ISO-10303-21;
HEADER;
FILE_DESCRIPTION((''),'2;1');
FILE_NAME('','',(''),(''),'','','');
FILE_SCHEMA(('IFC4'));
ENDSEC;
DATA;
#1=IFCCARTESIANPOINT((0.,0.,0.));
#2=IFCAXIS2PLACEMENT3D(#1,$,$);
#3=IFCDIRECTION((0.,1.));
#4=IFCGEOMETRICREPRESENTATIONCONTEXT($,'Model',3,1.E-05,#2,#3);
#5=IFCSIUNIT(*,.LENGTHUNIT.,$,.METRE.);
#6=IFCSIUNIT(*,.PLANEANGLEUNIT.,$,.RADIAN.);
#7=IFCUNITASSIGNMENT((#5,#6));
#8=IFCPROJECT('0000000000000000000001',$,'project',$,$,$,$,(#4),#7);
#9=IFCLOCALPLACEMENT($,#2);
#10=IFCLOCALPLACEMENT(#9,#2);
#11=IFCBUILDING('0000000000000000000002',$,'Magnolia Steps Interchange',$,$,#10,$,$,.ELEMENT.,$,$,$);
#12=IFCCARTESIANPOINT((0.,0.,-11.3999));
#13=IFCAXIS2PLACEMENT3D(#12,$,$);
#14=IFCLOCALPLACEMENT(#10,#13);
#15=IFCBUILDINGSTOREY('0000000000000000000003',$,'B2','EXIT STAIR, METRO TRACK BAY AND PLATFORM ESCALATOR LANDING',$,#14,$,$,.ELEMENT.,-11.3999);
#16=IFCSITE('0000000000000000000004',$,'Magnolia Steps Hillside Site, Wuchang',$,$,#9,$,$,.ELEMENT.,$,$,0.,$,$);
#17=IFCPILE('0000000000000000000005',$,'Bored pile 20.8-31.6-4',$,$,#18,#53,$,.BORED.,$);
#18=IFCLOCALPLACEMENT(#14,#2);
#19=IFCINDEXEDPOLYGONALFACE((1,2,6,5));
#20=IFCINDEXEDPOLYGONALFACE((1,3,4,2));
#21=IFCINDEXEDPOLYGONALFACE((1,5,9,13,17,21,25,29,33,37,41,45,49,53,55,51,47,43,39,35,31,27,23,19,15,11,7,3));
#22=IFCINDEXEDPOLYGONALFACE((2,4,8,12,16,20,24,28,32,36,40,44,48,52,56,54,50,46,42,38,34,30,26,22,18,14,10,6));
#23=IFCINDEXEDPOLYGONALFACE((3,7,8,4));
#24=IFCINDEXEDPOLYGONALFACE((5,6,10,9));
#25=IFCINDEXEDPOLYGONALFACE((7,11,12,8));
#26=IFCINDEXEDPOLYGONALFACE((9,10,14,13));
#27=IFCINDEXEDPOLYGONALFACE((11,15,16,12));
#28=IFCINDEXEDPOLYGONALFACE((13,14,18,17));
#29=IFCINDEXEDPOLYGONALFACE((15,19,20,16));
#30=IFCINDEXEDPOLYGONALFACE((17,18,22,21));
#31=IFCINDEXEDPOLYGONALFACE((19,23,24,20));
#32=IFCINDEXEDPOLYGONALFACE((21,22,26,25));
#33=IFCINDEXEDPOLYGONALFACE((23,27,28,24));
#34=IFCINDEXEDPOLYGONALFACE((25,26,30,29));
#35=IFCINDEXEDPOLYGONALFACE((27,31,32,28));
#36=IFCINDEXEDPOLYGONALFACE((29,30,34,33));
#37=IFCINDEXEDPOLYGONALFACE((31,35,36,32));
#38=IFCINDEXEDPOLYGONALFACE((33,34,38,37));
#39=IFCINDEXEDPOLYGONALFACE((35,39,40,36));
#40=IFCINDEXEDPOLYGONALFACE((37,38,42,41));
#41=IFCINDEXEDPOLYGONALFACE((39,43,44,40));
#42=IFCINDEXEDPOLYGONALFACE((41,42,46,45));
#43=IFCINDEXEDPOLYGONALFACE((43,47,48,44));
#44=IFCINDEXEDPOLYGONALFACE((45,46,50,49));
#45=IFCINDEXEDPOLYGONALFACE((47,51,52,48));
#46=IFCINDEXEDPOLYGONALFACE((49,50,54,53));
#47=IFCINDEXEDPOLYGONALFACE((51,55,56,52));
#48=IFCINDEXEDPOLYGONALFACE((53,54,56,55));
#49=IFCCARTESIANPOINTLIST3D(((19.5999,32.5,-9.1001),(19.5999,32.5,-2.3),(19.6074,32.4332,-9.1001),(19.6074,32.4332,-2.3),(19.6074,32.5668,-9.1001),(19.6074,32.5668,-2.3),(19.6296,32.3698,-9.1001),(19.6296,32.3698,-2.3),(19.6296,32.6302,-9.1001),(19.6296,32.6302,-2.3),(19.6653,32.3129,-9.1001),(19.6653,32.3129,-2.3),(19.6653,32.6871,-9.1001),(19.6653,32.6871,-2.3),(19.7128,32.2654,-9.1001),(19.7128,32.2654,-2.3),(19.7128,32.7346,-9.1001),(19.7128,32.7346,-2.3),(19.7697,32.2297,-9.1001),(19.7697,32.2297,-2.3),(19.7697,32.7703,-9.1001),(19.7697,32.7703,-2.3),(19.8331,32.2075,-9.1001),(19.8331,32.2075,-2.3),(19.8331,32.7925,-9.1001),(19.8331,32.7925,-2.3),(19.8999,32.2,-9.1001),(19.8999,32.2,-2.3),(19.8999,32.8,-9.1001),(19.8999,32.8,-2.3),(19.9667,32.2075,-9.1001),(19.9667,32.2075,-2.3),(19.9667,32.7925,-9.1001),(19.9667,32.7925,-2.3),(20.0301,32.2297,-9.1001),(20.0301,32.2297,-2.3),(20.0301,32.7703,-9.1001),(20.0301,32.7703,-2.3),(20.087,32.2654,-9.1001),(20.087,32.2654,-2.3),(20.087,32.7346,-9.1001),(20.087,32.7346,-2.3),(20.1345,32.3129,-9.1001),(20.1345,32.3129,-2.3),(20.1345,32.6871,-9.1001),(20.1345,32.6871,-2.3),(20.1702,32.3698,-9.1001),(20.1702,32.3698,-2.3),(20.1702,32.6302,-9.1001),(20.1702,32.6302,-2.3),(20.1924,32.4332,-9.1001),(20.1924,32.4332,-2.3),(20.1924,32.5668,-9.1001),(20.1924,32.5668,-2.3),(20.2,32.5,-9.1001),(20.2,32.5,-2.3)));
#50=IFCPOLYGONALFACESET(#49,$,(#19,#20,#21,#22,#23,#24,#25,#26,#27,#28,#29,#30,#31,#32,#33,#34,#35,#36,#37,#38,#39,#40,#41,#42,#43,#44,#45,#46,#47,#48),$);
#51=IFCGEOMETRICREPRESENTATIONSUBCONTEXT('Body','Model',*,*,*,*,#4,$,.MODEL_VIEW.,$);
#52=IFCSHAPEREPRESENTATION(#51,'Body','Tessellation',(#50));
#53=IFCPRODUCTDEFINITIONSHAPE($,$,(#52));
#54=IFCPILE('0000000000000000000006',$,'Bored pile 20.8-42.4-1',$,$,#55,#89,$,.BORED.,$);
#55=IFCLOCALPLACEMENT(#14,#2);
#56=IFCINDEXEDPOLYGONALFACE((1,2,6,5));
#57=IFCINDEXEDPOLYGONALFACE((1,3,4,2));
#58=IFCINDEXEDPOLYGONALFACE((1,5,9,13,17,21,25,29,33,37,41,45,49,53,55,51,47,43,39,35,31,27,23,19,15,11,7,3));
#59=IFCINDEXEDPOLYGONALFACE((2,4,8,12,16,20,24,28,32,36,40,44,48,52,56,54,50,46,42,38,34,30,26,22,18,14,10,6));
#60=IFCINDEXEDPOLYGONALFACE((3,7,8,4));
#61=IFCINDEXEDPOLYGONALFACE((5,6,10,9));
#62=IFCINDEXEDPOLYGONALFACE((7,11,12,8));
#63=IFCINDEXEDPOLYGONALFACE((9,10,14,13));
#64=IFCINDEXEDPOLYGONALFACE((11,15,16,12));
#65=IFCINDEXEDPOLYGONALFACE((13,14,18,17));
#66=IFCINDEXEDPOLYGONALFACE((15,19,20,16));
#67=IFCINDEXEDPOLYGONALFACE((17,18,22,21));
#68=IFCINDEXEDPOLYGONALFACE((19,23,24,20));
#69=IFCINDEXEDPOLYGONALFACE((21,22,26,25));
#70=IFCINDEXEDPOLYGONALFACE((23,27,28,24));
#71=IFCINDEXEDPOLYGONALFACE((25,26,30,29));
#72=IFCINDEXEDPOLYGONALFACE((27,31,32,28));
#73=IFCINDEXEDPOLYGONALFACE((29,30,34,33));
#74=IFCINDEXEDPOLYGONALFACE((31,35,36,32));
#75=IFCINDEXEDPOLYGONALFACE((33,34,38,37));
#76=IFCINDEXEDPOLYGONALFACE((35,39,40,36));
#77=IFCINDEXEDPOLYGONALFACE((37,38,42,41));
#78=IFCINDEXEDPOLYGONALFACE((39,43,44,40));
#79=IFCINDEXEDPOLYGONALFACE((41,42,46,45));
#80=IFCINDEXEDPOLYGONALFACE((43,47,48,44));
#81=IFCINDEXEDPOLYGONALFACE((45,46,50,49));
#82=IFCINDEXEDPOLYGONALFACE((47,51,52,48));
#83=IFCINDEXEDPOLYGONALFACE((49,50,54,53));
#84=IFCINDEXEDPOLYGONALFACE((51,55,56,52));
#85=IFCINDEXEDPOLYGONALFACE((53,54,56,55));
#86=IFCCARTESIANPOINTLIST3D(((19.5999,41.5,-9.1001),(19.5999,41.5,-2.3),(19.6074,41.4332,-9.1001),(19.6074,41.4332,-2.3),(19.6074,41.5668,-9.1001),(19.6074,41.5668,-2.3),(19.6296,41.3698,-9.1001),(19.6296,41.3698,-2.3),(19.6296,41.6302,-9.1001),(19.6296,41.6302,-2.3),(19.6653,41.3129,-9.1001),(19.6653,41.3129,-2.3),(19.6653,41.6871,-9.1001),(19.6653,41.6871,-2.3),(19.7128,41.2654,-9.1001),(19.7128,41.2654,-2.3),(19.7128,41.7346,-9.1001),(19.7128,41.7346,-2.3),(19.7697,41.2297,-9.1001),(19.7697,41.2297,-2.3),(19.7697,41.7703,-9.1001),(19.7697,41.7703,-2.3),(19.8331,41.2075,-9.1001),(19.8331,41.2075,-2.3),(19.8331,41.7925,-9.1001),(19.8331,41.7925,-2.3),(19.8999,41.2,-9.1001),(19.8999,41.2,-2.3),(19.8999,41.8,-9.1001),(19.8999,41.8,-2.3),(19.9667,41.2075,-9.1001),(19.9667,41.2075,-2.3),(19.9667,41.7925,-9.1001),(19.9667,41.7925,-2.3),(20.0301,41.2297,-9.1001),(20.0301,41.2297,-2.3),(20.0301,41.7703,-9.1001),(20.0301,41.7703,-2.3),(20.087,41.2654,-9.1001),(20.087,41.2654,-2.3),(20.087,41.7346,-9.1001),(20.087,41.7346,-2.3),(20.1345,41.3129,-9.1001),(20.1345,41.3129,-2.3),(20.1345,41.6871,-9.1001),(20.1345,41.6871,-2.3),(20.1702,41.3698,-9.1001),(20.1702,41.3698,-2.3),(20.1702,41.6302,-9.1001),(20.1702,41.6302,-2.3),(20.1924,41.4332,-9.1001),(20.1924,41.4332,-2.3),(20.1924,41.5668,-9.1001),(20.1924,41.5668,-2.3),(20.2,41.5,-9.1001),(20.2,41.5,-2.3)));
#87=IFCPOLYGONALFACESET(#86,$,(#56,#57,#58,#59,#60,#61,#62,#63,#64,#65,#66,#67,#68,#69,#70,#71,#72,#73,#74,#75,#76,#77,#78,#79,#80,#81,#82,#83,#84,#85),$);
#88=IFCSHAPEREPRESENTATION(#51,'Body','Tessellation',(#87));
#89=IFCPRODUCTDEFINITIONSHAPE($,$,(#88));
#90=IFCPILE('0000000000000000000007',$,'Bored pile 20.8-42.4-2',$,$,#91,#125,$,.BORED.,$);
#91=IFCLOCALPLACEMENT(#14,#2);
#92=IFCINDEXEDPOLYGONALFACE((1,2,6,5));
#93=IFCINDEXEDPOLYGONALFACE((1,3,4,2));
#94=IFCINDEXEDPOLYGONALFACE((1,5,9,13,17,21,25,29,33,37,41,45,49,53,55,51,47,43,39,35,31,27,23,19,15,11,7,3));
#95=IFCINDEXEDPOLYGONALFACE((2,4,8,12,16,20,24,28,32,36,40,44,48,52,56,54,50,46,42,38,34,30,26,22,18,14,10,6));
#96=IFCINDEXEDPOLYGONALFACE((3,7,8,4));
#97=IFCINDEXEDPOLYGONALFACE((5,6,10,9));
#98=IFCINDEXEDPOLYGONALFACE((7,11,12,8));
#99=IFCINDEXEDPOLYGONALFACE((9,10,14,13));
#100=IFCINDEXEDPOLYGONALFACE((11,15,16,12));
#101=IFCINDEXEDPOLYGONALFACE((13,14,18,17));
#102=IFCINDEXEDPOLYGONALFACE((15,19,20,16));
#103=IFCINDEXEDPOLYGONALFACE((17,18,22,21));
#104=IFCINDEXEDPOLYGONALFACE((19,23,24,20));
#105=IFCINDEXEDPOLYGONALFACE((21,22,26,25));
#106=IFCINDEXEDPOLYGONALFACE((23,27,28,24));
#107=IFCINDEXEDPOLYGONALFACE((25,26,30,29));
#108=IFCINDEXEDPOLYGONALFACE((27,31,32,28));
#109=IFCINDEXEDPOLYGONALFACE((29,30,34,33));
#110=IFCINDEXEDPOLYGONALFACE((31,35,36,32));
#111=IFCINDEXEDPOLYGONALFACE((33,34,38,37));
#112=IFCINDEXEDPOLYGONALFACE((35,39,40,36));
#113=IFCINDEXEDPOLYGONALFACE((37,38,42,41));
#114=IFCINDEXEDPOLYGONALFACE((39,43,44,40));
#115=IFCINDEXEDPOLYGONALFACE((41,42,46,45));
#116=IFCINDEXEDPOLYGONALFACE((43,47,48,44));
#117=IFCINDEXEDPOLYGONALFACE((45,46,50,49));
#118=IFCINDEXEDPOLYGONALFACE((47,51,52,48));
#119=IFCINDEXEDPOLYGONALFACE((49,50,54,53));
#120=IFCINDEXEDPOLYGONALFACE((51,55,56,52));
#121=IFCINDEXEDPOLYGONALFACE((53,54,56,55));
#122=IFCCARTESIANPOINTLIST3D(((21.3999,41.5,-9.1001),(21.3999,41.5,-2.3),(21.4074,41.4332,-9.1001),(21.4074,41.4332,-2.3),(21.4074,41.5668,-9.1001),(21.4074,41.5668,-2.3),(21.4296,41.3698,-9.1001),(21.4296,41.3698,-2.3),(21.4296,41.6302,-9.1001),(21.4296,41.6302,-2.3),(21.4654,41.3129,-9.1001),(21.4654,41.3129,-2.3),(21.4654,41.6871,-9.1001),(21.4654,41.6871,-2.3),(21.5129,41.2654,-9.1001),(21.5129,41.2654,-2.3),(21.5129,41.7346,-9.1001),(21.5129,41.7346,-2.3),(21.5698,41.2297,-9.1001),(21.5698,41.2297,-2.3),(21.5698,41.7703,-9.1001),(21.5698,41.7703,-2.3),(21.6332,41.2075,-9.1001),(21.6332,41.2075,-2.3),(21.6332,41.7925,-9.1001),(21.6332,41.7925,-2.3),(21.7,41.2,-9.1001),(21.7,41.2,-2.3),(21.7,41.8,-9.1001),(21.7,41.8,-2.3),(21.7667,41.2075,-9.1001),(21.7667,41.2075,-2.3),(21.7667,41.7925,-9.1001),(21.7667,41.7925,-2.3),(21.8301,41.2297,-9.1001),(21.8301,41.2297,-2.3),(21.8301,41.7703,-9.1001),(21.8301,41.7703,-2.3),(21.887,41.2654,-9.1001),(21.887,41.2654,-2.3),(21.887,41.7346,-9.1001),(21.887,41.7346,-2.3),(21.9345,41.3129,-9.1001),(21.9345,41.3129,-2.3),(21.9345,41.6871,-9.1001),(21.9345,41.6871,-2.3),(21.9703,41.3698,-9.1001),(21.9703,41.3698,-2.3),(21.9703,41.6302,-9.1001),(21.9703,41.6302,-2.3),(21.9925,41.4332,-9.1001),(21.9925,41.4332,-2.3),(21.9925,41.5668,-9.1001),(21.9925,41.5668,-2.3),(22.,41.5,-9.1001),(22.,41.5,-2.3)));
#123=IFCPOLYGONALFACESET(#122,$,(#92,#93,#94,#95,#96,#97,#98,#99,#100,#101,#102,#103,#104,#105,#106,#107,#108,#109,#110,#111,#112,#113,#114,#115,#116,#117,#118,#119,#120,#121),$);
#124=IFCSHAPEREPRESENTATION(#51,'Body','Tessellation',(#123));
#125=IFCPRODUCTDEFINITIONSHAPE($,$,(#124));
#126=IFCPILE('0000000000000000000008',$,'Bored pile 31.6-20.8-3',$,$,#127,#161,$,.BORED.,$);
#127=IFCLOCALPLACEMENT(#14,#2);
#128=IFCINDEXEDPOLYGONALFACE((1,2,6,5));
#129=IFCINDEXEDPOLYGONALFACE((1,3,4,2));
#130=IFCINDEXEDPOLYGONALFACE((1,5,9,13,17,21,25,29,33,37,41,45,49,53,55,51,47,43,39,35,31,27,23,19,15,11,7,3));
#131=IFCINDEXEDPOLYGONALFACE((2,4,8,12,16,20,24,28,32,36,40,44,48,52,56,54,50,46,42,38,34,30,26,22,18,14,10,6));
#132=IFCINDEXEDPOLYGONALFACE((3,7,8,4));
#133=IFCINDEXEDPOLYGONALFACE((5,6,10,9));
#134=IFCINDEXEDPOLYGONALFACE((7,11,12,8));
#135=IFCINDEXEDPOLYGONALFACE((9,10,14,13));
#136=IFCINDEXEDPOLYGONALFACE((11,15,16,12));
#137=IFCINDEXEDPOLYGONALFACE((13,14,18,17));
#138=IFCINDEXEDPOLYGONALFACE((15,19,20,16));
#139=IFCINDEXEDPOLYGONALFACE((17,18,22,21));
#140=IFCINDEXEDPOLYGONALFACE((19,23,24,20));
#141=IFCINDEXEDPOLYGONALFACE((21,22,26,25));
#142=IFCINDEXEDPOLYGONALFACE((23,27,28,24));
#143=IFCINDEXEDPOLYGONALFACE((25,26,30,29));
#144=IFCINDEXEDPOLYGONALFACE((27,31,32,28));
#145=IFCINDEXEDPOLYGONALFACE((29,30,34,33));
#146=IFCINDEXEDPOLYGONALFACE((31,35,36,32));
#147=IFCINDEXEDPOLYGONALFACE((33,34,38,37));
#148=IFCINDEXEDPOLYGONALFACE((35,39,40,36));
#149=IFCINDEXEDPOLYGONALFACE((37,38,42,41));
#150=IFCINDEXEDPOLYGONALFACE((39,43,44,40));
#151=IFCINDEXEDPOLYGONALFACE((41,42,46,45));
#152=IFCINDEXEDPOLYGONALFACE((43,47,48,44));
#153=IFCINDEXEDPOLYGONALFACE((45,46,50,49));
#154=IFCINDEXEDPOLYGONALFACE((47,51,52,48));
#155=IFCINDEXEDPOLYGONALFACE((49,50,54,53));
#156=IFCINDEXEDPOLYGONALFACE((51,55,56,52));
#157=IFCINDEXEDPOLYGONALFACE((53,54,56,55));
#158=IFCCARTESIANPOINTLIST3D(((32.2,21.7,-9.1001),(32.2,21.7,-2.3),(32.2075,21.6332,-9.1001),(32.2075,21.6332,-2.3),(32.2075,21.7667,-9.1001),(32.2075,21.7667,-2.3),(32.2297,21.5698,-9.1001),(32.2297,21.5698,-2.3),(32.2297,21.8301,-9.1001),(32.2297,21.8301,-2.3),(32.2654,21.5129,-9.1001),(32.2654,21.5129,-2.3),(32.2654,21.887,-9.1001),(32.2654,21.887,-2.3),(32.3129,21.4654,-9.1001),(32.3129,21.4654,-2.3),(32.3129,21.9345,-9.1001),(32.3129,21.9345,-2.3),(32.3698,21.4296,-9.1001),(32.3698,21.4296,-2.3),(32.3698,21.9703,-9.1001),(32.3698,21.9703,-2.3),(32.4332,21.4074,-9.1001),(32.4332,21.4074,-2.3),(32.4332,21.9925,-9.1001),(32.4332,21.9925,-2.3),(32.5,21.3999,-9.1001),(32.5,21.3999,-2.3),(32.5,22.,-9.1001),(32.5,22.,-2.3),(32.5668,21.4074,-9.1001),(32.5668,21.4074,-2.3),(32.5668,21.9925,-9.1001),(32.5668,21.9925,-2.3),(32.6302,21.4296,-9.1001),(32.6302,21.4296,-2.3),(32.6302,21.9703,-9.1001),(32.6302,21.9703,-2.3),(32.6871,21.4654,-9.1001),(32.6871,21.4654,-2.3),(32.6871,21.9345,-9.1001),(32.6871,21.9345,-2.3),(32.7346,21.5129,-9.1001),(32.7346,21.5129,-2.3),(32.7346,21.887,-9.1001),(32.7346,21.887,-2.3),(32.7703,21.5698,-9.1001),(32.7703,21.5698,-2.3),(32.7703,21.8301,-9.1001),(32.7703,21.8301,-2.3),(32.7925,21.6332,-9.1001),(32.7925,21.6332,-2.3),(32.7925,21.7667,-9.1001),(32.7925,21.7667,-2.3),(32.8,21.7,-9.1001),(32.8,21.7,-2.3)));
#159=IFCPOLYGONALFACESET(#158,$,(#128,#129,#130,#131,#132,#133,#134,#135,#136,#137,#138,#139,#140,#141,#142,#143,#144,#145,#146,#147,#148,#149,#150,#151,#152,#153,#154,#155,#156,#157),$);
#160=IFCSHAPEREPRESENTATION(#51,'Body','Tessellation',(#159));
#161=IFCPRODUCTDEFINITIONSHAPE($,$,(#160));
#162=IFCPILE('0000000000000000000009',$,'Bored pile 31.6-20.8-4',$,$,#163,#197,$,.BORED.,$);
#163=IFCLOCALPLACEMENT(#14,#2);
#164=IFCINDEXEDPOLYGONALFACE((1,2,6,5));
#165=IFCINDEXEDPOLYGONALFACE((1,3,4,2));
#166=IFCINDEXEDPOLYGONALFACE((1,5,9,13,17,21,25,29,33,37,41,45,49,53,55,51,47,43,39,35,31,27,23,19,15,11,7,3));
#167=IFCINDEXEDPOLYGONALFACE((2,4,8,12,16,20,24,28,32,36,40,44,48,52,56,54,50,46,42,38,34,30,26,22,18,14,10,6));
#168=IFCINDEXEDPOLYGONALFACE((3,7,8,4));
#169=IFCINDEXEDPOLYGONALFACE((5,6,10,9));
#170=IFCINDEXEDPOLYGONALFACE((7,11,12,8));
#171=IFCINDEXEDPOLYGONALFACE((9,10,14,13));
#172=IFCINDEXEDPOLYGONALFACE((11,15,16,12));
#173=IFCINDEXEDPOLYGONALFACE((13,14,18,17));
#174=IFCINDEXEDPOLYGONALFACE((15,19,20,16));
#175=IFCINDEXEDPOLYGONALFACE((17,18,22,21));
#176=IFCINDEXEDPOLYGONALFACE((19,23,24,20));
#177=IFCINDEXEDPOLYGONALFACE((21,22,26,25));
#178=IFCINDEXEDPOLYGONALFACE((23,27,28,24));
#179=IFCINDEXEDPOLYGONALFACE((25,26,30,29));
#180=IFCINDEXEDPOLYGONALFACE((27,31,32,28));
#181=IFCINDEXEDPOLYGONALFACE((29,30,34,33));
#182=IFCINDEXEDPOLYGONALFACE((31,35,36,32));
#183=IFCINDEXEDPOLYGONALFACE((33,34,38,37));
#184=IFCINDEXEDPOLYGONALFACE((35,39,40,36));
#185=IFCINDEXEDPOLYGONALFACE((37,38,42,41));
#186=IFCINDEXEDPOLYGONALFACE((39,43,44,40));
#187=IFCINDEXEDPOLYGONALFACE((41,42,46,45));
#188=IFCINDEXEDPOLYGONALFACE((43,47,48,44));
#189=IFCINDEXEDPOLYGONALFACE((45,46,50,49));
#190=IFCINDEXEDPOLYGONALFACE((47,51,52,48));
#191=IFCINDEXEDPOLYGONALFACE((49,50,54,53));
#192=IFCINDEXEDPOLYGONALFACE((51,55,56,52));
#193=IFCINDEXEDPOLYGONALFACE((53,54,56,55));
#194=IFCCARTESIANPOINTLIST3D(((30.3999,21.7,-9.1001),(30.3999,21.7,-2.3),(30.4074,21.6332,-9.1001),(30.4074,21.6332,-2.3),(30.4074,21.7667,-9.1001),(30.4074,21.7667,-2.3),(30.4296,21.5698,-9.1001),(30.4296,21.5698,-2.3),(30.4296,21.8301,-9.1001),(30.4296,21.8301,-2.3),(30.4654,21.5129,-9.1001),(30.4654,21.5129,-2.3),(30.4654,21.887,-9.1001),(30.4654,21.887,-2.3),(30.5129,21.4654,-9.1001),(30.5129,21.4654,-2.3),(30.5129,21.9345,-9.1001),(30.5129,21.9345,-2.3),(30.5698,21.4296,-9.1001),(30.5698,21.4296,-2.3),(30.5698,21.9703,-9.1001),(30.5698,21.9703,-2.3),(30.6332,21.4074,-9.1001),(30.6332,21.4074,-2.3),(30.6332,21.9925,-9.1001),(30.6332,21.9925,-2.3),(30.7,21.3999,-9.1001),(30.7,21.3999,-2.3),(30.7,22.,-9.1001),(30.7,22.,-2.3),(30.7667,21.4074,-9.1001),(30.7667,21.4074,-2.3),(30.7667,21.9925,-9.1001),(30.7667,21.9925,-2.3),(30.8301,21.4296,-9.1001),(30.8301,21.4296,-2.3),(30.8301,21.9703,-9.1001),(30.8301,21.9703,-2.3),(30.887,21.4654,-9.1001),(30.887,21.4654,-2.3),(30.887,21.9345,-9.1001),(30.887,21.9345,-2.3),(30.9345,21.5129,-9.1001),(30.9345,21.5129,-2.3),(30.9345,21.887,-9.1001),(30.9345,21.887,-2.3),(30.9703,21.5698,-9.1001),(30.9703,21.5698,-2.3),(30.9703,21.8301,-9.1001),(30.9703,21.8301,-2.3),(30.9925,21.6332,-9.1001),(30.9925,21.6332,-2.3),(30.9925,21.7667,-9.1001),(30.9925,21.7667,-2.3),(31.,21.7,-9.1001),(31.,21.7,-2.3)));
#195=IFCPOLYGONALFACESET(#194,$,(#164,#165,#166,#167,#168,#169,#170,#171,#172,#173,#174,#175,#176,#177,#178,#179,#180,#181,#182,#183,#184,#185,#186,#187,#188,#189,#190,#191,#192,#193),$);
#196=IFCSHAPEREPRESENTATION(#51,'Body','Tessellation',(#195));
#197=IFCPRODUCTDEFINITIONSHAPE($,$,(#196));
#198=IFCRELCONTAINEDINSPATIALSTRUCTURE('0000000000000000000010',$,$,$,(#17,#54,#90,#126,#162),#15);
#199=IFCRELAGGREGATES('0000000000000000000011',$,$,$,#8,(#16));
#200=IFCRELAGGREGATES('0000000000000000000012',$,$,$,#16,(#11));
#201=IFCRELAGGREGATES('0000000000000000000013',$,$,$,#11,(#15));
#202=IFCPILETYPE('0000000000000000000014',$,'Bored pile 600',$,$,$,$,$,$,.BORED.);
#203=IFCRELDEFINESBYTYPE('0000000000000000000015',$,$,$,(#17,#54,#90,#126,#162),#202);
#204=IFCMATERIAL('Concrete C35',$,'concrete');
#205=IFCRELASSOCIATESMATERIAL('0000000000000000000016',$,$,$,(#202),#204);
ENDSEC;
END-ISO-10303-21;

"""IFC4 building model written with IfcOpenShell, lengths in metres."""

from ifc_helpers import new_model, si_unit, direction, frame, origin, origin_2d, place, context, subcontext, project, spatial, circle, extrude, material, material_profile, profile_set, type_object, element, save


model = new_model("IFC4")

# Units and contexts
model_context = context("Model", 3, precision=1e-05, world=origin(), true_north=direction((0.0, 1.0)))
body_context = subcontext(model_context, "Body", "Model", "MODEL_VIEW")
ifc_project = project(units=[si_unit("LENGTHUNIT", "METRE"), si_unit("PLANEANGLEUNIT", "RADIAN")], contexts=[model_context])

# Site, building, storey
site_placement = place(None, origin())
site = spatial("IfcSite", under=ifc_project, at=site_placement, Name="Magnolia Steps Hillside Site, Wuchang", CompositionType="ELEMENT", RefElevation=0.0)
building_placement = place(site_placement, origin())
building = spatial("IfcBuilding", under=site, at=building_placement, Name="Magnolia Steps Interchange", CompositionType="ELEMENT")
storey_placement = place(building_placement, frame((0.0, 0.0, -11.3999)))
storey = spatial("IfcBuildingStorey", under=building, at=storey_placement, Name="B2", Description="EXIT STAIR, METRO TRACK BAY AND PLATFORM ESCALATOR LANDING", CompositionType="ELEMENT", Elevation=-11.3999)

# Piles
ifc_material_1 = material(Name="Concrete C35", Category="concrete")
ifc_material_profile_1 = material_profile(ifc_material_1, circle(Radius=0.3, at=origin_2d()), Name="Bored pile 600")
ifc_profile_set_1 = profile_set([ifc_material_profile_1], Name="Concrete C35")
pile_type_1 = type_object("IfcPileType", Name="Bored pile 600", PredefinedType="BORED", material=ifc_profile_set_1)
for number, where, z_axis, x_axis, name in (
    (1, (19.8999, 32.5, -2.3), (0.0, 0.0, -1.0), (1.0, 0.0, 0.0), "Bored pile 20.8-31.6-4"),
    (2, (19.8999, 41.5, -2.3), (0.0, 0.0, -1.0), (1.0, 0.0, 0.0), "Bored pile 20.8-42.4-1"),
    (3, (21.7, 41.5, -2.3), (0.0, 0.0, -1.0), (1.0, 0.0, 0.0), "Bored pile 20.8-42.4-2"),
    (4, (32.5, 21.7, -2.3), (0.0, 0.0, -1.0), (1.0, 0.0, 0.0), "Bored pile 31.6-20.8-3"),
    (5, (30.7, 21.7, -2.3), (0.0, 0.0, -1.0), (1.0, 0.0, 0.0), "Bored pile 31.6-20.8-4"),
):
    element("IfcPile", number, at=place(storey_placement, frame(where, z_axis=z_axis, x_axis=x_axis)), inside=storey, type_object=pile_type_1, Name=name, PredefinedType="BORED", context=body_context, shape_type="SweptSolid", body=[
        extrude(circle(Radius=0.3, at=origin_2d()), origin(), (0.0, 0.0, 1.0), 6.8),
    ])

save(model, "model.ifc")
